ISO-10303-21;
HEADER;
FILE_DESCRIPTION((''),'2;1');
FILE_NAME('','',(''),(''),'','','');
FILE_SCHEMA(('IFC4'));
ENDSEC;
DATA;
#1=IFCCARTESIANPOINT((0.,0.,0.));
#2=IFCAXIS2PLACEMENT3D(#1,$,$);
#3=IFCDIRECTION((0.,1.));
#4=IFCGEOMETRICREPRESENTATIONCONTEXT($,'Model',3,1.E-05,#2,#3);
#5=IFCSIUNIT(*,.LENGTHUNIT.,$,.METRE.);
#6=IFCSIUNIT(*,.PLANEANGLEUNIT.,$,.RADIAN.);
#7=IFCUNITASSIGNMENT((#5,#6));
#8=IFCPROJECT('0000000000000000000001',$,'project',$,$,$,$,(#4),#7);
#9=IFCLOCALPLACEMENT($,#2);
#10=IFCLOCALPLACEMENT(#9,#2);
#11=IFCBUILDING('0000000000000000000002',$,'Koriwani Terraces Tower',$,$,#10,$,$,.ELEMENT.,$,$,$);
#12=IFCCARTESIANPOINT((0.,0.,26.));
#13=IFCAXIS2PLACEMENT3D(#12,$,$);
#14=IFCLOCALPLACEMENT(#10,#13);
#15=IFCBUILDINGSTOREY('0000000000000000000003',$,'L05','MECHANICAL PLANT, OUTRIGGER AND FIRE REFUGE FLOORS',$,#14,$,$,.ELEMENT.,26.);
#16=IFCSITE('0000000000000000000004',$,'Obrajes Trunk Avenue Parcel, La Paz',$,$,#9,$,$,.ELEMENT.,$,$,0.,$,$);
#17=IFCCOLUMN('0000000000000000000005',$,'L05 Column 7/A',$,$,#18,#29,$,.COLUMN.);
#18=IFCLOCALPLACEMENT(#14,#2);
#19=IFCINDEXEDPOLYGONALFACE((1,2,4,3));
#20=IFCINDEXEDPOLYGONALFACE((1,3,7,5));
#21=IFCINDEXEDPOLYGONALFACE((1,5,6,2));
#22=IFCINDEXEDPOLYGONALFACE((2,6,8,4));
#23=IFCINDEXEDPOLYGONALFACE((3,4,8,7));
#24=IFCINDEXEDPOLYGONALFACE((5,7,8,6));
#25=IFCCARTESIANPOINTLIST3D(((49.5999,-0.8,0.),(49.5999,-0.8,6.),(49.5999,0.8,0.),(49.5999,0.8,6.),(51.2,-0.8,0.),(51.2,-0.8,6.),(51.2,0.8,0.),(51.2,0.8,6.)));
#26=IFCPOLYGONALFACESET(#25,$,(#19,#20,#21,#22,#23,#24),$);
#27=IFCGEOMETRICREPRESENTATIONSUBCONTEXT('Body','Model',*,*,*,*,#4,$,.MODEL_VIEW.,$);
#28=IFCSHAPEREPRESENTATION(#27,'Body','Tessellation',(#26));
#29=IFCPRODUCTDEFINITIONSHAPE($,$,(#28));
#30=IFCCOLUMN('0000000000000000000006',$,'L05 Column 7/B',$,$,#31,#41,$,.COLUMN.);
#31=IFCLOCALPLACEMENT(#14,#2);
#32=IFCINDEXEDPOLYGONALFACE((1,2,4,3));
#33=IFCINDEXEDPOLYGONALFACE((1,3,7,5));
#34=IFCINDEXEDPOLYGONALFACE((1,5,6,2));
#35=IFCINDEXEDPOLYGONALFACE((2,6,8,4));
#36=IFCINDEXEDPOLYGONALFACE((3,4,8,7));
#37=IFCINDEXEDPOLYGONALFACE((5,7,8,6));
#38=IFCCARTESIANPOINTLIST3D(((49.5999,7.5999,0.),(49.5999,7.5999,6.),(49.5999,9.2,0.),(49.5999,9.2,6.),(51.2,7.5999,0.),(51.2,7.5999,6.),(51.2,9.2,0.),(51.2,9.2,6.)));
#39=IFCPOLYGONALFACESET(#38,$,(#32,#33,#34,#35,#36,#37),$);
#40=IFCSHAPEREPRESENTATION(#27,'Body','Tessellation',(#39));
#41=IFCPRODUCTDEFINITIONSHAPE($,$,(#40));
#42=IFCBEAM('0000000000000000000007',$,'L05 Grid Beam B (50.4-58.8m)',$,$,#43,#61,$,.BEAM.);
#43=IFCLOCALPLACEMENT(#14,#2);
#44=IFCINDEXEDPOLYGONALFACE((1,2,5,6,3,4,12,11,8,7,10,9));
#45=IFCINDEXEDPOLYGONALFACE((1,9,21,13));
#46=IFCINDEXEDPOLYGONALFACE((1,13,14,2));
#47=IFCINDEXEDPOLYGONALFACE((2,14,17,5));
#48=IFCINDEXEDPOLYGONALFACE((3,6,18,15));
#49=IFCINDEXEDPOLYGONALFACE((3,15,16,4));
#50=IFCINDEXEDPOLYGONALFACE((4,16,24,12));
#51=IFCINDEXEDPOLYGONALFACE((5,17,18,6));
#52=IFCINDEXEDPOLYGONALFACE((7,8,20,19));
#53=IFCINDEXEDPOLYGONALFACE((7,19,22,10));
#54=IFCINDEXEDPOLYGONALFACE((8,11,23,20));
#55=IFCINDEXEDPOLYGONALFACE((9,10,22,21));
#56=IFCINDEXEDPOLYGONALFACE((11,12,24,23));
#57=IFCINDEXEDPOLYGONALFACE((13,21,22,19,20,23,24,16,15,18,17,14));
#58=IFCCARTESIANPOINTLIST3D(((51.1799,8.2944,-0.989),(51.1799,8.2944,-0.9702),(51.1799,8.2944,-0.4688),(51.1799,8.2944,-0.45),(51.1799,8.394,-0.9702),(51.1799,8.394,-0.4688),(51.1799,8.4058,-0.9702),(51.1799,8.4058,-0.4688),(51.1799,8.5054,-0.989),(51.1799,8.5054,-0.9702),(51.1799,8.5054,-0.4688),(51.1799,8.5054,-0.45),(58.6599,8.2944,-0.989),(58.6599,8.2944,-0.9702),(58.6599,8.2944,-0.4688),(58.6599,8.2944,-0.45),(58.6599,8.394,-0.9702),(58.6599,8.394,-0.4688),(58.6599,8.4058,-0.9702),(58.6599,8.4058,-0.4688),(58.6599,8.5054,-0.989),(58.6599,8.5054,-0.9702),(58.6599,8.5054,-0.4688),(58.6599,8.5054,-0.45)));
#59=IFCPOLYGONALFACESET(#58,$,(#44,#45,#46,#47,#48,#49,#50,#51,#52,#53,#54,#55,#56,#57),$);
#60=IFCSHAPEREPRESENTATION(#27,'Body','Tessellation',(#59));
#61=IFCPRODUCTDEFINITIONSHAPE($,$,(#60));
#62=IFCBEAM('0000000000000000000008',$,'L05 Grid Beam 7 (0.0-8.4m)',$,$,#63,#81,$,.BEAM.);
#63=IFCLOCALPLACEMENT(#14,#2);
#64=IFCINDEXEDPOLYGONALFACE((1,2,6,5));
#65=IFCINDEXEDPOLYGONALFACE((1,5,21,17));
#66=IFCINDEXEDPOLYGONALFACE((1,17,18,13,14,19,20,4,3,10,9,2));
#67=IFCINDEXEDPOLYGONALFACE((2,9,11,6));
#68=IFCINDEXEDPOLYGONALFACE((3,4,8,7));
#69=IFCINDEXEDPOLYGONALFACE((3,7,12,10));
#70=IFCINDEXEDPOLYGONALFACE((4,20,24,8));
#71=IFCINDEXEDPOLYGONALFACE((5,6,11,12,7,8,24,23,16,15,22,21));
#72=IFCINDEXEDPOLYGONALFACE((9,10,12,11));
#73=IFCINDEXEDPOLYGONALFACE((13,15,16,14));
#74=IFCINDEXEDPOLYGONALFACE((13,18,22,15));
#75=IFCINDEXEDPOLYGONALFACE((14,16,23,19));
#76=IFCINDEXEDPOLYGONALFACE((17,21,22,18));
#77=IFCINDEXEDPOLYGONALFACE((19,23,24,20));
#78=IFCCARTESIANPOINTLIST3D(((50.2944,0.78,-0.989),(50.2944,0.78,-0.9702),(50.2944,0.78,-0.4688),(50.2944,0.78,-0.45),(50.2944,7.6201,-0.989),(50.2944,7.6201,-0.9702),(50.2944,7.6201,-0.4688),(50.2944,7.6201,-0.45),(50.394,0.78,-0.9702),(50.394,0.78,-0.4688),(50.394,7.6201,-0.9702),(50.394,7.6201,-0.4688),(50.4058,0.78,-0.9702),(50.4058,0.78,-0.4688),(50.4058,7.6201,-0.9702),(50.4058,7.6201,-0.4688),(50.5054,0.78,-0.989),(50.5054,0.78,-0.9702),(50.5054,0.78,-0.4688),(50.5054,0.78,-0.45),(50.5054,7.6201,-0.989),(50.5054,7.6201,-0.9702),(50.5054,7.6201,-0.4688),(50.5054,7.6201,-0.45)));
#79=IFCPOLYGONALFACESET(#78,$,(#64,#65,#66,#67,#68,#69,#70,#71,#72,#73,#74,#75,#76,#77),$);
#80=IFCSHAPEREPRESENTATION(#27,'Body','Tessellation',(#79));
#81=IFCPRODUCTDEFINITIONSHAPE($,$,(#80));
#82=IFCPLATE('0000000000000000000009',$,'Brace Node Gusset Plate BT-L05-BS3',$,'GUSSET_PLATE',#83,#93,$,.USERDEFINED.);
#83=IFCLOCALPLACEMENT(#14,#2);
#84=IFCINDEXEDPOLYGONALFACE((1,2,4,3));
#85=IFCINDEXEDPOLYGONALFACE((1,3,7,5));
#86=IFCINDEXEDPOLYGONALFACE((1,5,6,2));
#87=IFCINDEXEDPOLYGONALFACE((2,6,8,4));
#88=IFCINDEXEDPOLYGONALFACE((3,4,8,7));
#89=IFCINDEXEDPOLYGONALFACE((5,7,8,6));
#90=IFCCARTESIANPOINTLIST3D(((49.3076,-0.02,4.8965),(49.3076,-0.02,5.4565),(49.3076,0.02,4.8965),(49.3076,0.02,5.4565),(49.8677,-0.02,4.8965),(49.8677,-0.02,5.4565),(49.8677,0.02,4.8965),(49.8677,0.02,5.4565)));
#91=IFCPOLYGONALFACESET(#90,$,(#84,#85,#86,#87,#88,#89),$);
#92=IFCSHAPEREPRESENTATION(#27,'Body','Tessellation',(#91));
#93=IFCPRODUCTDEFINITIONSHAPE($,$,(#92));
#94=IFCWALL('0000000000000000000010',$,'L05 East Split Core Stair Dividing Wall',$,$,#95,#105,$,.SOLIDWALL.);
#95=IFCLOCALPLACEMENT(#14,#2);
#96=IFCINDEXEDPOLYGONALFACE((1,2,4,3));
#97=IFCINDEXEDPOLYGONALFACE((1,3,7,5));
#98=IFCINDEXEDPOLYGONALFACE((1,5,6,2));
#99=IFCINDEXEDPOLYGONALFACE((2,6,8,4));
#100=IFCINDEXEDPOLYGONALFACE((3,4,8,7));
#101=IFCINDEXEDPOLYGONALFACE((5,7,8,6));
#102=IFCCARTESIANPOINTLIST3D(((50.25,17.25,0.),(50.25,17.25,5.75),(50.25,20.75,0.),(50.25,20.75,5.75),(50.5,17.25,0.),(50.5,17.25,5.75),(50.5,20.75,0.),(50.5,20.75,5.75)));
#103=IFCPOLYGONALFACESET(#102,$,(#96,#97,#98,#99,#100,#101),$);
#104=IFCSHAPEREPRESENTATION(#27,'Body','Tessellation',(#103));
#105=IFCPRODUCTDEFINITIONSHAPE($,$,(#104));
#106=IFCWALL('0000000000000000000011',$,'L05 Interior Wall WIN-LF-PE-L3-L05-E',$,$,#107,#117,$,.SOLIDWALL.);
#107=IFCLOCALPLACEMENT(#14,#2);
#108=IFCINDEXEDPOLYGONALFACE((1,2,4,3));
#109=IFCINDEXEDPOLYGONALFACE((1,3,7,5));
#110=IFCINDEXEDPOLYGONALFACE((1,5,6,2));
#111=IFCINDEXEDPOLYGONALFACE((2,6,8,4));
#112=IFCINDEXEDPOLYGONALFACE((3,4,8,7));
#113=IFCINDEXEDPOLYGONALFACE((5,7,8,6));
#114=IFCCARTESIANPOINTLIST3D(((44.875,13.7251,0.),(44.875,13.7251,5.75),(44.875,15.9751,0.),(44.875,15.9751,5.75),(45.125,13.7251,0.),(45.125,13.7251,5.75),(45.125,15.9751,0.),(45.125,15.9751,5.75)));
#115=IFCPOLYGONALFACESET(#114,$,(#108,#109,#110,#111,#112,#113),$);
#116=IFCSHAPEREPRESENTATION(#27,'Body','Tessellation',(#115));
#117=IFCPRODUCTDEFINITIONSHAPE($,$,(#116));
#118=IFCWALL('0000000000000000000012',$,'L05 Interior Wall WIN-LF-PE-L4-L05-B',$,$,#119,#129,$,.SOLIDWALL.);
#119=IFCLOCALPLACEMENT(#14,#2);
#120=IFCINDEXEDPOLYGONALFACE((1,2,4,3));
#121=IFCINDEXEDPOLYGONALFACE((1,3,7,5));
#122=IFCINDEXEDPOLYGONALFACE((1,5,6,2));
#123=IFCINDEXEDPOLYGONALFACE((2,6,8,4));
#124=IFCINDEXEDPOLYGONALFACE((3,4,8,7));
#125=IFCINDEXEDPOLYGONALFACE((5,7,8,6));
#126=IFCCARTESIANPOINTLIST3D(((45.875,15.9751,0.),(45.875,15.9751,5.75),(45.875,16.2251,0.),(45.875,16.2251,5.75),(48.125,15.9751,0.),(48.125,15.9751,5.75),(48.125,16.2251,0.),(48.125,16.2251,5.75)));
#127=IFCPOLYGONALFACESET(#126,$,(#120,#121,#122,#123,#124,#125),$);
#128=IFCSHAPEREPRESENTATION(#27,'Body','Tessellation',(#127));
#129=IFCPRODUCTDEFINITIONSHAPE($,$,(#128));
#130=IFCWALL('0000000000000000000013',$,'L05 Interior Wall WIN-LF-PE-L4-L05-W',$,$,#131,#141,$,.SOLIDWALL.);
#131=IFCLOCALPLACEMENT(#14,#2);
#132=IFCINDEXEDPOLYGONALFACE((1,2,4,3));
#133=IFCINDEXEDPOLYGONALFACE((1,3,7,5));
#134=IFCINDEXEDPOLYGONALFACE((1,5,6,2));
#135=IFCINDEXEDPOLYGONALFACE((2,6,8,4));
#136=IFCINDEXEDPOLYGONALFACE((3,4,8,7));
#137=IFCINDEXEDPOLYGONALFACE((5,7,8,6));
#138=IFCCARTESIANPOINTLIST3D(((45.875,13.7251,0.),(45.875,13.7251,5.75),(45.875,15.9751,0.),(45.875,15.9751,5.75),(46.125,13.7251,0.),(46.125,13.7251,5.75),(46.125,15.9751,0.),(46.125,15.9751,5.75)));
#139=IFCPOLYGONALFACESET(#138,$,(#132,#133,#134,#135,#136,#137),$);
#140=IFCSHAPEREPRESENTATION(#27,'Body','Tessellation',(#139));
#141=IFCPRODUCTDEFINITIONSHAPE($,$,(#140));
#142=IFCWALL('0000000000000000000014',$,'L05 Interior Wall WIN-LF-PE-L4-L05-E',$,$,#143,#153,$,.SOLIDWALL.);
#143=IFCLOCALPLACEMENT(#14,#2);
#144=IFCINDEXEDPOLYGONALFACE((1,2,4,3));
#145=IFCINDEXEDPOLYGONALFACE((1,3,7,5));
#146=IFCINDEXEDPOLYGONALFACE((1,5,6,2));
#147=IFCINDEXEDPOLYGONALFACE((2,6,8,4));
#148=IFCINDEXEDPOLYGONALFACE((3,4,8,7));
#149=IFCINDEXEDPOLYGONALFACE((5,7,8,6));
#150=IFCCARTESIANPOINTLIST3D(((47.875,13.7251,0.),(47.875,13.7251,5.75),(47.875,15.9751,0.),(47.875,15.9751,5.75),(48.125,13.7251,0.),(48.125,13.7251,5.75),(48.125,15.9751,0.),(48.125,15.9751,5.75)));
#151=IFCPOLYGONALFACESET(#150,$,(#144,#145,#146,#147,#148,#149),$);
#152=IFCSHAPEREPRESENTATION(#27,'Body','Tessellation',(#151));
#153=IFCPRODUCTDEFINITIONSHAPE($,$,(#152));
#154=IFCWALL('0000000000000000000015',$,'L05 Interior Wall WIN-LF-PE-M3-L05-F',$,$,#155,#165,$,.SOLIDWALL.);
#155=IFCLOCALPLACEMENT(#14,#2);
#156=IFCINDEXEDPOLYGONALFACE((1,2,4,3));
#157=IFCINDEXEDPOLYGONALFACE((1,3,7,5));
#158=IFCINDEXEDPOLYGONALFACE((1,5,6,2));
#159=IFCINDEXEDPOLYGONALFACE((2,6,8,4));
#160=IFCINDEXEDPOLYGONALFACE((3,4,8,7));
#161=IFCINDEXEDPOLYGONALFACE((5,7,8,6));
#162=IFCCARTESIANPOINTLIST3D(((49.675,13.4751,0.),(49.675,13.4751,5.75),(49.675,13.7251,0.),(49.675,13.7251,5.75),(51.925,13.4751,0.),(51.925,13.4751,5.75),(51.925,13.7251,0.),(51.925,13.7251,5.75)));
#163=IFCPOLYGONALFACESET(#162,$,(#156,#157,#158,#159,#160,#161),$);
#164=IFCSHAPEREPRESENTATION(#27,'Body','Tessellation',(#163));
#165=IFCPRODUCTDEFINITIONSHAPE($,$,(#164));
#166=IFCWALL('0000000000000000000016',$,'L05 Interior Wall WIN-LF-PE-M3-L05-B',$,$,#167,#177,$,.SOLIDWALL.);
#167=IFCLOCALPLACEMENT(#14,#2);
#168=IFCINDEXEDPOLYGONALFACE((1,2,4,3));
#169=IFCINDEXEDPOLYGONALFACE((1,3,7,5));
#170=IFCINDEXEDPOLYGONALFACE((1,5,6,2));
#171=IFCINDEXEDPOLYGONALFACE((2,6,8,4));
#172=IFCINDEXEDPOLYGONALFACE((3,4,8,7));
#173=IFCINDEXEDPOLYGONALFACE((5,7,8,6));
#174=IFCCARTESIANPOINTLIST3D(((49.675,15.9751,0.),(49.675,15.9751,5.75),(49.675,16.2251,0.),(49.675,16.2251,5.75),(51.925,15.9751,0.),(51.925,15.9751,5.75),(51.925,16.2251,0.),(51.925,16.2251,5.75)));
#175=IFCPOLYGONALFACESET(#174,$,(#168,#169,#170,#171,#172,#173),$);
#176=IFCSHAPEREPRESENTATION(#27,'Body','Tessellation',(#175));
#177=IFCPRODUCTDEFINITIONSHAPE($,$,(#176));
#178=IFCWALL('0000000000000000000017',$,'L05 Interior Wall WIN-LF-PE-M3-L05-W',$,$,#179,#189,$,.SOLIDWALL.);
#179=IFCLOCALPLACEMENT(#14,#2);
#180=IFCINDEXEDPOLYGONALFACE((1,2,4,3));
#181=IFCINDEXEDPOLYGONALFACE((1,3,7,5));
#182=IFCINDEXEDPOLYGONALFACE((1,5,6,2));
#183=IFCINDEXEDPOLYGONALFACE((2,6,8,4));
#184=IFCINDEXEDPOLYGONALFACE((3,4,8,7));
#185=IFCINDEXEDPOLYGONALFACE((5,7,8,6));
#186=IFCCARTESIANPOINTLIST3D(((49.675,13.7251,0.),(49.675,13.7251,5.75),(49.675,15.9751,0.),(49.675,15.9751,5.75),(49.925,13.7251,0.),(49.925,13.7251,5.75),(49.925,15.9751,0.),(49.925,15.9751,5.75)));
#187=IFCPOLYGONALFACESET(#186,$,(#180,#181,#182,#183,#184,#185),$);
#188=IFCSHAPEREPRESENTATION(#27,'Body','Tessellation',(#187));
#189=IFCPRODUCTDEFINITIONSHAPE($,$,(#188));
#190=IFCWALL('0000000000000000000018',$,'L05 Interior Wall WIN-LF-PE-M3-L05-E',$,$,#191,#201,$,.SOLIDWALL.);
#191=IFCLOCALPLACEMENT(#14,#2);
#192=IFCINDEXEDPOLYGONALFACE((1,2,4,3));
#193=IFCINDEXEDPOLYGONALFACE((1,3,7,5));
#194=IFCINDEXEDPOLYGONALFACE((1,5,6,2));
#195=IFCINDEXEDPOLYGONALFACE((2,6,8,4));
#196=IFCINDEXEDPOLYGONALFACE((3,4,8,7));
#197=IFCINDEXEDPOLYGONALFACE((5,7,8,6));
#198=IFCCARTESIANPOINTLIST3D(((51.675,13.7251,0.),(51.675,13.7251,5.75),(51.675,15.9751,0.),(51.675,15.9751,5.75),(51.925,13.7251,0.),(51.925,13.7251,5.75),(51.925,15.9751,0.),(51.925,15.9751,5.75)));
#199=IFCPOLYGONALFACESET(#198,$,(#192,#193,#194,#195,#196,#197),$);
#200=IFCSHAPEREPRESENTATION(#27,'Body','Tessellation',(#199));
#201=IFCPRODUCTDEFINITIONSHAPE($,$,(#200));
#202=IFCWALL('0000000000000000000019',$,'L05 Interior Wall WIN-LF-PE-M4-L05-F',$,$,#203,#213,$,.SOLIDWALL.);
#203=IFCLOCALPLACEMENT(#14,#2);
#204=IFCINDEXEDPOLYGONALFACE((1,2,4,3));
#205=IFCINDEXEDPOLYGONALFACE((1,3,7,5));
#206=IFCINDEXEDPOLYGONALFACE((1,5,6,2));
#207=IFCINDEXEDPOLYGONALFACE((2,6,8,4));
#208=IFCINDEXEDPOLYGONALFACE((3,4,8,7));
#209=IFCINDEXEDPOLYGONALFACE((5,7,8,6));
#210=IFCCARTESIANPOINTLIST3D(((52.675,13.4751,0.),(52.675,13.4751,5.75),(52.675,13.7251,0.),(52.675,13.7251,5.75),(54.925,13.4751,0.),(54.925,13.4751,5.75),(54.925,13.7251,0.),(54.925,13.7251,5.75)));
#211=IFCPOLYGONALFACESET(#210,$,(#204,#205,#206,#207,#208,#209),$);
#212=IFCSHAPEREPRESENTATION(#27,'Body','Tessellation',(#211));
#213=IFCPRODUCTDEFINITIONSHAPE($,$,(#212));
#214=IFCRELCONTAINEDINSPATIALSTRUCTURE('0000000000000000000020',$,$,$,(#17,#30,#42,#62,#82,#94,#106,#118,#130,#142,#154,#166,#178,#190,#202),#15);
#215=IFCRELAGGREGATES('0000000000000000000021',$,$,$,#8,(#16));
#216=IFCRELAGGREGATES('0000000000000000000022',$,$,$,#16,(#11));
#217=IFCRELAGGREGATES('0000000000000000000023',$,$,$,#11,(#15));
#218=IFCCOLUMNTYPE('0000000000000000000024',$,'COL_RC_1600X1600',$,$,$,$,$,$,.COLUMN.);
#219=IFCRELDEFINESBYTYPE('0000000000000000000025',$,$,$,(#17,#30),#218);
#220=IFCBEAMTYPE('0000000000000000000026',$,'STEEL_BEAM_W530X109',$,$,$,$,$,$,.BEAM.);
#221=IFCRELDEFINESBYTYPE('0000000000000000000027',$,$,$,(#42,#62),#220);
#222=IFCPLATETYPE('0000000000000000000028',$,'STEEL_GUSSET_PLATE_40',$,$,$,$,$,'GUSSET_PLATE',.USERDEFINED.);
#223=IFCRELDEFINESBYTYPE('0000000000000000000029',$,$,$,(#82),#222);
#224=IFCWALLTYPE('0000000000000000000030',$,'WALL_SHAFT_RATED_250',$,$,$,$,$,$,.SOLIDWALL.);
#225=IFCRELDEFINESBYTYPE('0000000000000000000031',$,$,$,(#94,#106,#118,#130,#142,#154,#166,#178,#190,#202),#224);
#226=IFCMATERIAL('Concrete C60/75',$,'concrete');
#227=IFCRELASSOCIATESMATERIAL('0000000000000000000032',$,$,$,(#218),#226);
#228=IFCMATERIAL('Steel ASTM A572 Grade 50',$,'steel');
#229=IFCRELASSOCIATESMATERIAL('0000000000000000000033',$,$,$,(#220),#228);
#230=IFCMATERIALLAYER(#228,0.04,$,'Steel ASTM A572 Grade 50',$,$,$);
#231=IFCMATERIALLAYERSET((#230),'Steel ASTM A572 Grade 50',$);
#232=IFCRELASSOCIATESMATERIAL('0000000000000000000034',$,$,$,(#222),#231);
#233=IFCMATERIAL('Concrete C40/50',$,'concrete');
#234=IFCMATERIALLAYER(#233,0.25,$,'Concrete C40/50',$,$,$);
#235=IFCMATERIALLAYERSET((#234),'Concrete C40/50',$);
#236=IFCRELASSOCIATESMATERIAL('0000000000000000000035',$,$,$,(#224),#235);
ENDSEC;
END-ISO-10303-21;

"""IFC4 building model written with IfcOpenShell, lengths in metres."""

from ifc_helpers import new_model, si_unit, direction, frame, frame_2d, origin, origin_2d, place, context, subcontext, project, spatial, rectangle, i_section, extrude, material, layer, layer_set, material_profile, profile_set, type_object, element, save


model = new_model("IFC4")

# Units and contexts
model_context = context("Model", 3, precision=1e-05, world=origin(), true_north=direction((0.0, 1.0)))
body_context = subcontext(model_context, "Body", "Model", "MODEL_VIEW")
ifc_project = project(units=[si_unit("LENGTHUNIT", "METRE"), si_unit("PLANEANGLEUNIT", "RADIAN")], contexts=[model_context])

# Site, building, storey
site_placement = place(None, origin())
site = spatial("IfcSite", under=ifc_project, at=site_placement, Name="Obrajes Trunk Avenue Parcel, La Paz", CompositionType="ELEMENT", RefElevation=0.0)
building_placement = place(site_placement, origin())
building = spatial("IfcBuilding", under=site, at=building_placement, Name="Koriwani Terraces Tower", CompositionType="ELEMENT")
storey_placement = place(building_placement, frame((0.0, 0.0, 26.0)))
storey = spatial("IfcBuildingStorey", under=building, at=storey_placement, Name="L05", Description="MECHANICAL PLANT, OUTRIGGER AND FIRE REFUGE FLOORS", CompositionType="ELEMENT", Elevation=26.0)

# Columns
ifc_material_1 = material(Name="Concrete C60/75", Category="concrete")
ifc_material_profile_1 = material_profile(ifc_material_1, rectangle(XDim=1.6001, YDim=1.6001, at=origin_2d()), Name="Concrete C60/75", Category="LoadBearing")
ifc_profile_set_1 = profile_set([ifc_material_profile_1], Name="Concrete C60/75")
column_type = type_object("IfcColumnType", Name="COL_RC_1600X1600", PredefinedType="COLUMN", material=ifc_profile_set_1)
for number, where, z_axis, x_axis, name in (
    (1, (50.3999, 0.0, 0.0), (0.0, 0.0, 1.0), (1.0, 0.0, 0.0), "L05 Column 7/A"),
    (2, (50.3999, 8.3999, 0.0), (0.0, 0.0, 1.0), (1.0, 0.0, 0.0), "L05 Column 7/B"),
):
    element("IfcColumn", number, at=place(storey_placement, frame(where, z_axis=z_axis, x_axis=x_axis)), inside=storey, type_object=column_type, Name=name, PredefinedType="COLUMN", context=body_context, shape_type="SweptSolid", body=[
        extrude(rectangle(XDim=1.6001, YDim=1.6001, at=origin_2d()), origin(), (0.0, 0.0, 1.0), 6.0),
    ])

# Beams
ifc_material_2 = material(Name="Steel ASTM A572 Grade 50", Category="steel")
ifc_material_profile_2 = material_profile(ifc_material_2, i_section(OverallWidth=0.2109, OverallDepth=0.5391, WebThickness=0.0117, FlangeThickness=0.0188, at=origin_2d()), Name="Steel ASTM A572 Grade 50", Category="LoadBearing")
ifc_profile_set_2 = profile_set([ifc_material_profile_2], Name="Steel ASTM A572 Grade 50")
beam_type = type_object("IfcBeamType", Name="STEEL_BEAM_W530X109", PredefinedType="BEAM", material=ifc_profile_set_2)
beam_1_placement = place(storey_placement, frame((51.1799, 8.3999, -0.7195), z_axis=(1.0, 0.0, 0.0), x_axis=(0.0, 1.0, 0.0)))
element("IfcBeam", 3, at=beam_1_placement, inside=storey, type_object=beam_type, Name="L05 Grid Beam B (50.4-58.8m)", PredefinedType="BEAM", context=body_context, shape_type="SweptSolid", body=[
    extrude(i_section(OverallWidth=0.2109, OverallDepth=0.5391, WebThickness=0.0117, FlangeThickness=0.0188, at=origin_2d()), origin(), (0.0, 0.0, 1.0), 7.48),
])
beam_2_placement = place(storey_placement, frame((50.3999, 0.78, -0.7195), z_axis=(0.0, 1.0, 0.0), x_axis=(-1.0, 0.0, 0.0)))
element("IfcBeam", 4, at=beam_2_placement, inside=storey, type_object=beam_type, Name="L05 Grid Beam 7 (0.0-8.4m)", PredefinedType="BEAM", context=body_context, shape_type="SweptSolid", body=[
    extrude(i_section(OverallWidth=0.2109, OverallDepth=0.5391, WebThickness=0.0117, FlangeThickness=0.0188, at=origin_2d()), origin(), (0.0, 0.0, 1.0), 6.8401),
])

# Plate
ifc_layer_1 = layer(ifc_material_2, 0.04, Name="Steel ASTM A572 Grade 50")
ifc_layer_set_1 = layer_set([ifc_layer_1], Name="Steel ASTM A572 Grade 50")
plate_type = type_object("IfcPlateType", Name="STEEL_GUSSET_PLATE_40", ElementType="GUSSET_PLATE", PredefinedType="USERDEFINED", material=ifc_layer_set_1)
plate_placement = place(storey_placement, frame((49.5876, 0.0, 4.8965), z_axis=(0.0, 0.0, 1.0), x_axis=(1.0, 0.0, 0.0)))
element("IfcPlate", 5, at=plate_placement, inside=storey, type_object=plate_type, Name="Brace Node Gusset Plate BT-L05-BS3", ObjectType="GUSSET_PLATE", PredefinedType="USERDEFINED", context=body_context, shape_type="SweptSolid", body=[
    extrude(rectangle(XDim=0.5601, YDim=0.04, at=origin_2d()), origin(), (0.0, 0.0, 1.0), 0.5601),
])

# Walls
ifc_material_3 = material(Name="Concrete C40/50", Category="concrete")
ifc_layer_2 = layer(ifc_material_3, 0.25, Name="Concrete C40/50")
ifc_layer_set_2 = layer_set([ifc_layer_2], Name="Concrete C40/50")
wall_type = type_object("IfcWallType", Name="WALL_SHAFT_RATED_250", PredefinedType="SOLIDWALL", material=ifc_layer_set_2)
wall_1_placement = place(storey_placement, frame((50.375, 17.25, 0.0), z_axis=(0.0, 0.0, 1.0), x_axis=(0.0, 1.0, 0.0)))
element("IfcWall", 6, at=wall_1_placement, inside=storey, type_object=wall_type, Name="L05 East Split Core Stair Dividing Wall", PredefinedType="SOLIDWALL", context=body_context, shape_type="SweptSolid", body=[
    extrude(rectangle(XDim=3.5, YDim=0.25, at=frame_2d((1.75, 0.0))), origin(), (0.0, 0.0, 1.0), 5.75),
])
wall_2_placement = place(storey_placement, frame((45.0, 13.7251, 0.0), z_axis=(0.0, 0.0, 1.0), x_axis=(0.0, 1.0, 0.0)))
element("IfcWall", 7, at=wall_2_placement, inside=storey, type_object=wall_type, Name="L05 Interior Wall WIN-LF-PE-L3-L05-E", PredefinedType="SOLIDWALL", context=body_context, shape_type="SweptSolid", body=[
    extrude(rectangle(XDim=2.25, YDim=0.25, at=frame_2d((1.125, 0.0))), origin(), (0.0, 0.0, 1.0), 5.75),
])

# Walls
for number, where, z_axis, x_axis, name in (
    (8, (45.875, 16.1001, 0.0), (0.0, 0.0, 1.0), (1.0, 0.0, 0.0), "L05 Interior Wall WIN-LF-PE-L4-L05-B"),
    (9, (46.0, 13.7251, 0.0), (0.0, 0.0, 1.0), (0.0, 1.0, 0.0), "L05 Interior Wall WIN-LF-PE-L4-L05-W"),
    (10, (48.0, 13.7251, 0.0), (0.0, 0.0, 1.0), (0.0, 1.0, 0.0), "L05 Interior Wall WIN-LF-PE-L4-L05-E"),
    (11, (49.675, 13.6001, 0.0), (0.0, 0.0, 1.0), (1.0, 0.0, 0.0), "L05 Interior Wall WIN-LF-PE-M3-L05-F"),
    (12, (49.675, 16.1001, 0.0), (0.0, 0.0, 1.0), (1.0, 0.0, 0.0), "L05 Interior Wall WIN-LF-PE-M3-L05-B"),
    (13, (49.8, 13.7251, 0.0), (0.0, 0.0, 1.0), (0.0, 1.0, 0.0), "L05 Interior Wall WIN-LF-PE-M3-L05-W"),
    (14, (51.8, 13.7251, 0.0), (0.0, 0.0, 1.0), (0.0, 1.0, 0.0), "L05 Interior Wall WIN-LF-PE-M3-L05-E"),
    (15, (52.675, 13.6001, 0.0), (0.0, 0.0, 1.0), (1.0, 0.0, 0.0), "L05 Interior Wall WIN-LF-PE-M4-L05-F"),
):
    element("IfcWall", number, at=place(storey_placement, frame(where, z_axis=z_axis, x_axis=x_axis)), inside=storey, type_object=wall_type, Name=name, PredefinedType="SOLIDWALL", context=body_context, shape_type="SweptSolid", body=[
        extrude(rectangle(XDim=2.25, YDim=0.25, at=frame_2d((1.125, 0.0))), origin(), (0.0, 0.0, 1.0), 5.75),
    ])

save(model, "model.ifc")
